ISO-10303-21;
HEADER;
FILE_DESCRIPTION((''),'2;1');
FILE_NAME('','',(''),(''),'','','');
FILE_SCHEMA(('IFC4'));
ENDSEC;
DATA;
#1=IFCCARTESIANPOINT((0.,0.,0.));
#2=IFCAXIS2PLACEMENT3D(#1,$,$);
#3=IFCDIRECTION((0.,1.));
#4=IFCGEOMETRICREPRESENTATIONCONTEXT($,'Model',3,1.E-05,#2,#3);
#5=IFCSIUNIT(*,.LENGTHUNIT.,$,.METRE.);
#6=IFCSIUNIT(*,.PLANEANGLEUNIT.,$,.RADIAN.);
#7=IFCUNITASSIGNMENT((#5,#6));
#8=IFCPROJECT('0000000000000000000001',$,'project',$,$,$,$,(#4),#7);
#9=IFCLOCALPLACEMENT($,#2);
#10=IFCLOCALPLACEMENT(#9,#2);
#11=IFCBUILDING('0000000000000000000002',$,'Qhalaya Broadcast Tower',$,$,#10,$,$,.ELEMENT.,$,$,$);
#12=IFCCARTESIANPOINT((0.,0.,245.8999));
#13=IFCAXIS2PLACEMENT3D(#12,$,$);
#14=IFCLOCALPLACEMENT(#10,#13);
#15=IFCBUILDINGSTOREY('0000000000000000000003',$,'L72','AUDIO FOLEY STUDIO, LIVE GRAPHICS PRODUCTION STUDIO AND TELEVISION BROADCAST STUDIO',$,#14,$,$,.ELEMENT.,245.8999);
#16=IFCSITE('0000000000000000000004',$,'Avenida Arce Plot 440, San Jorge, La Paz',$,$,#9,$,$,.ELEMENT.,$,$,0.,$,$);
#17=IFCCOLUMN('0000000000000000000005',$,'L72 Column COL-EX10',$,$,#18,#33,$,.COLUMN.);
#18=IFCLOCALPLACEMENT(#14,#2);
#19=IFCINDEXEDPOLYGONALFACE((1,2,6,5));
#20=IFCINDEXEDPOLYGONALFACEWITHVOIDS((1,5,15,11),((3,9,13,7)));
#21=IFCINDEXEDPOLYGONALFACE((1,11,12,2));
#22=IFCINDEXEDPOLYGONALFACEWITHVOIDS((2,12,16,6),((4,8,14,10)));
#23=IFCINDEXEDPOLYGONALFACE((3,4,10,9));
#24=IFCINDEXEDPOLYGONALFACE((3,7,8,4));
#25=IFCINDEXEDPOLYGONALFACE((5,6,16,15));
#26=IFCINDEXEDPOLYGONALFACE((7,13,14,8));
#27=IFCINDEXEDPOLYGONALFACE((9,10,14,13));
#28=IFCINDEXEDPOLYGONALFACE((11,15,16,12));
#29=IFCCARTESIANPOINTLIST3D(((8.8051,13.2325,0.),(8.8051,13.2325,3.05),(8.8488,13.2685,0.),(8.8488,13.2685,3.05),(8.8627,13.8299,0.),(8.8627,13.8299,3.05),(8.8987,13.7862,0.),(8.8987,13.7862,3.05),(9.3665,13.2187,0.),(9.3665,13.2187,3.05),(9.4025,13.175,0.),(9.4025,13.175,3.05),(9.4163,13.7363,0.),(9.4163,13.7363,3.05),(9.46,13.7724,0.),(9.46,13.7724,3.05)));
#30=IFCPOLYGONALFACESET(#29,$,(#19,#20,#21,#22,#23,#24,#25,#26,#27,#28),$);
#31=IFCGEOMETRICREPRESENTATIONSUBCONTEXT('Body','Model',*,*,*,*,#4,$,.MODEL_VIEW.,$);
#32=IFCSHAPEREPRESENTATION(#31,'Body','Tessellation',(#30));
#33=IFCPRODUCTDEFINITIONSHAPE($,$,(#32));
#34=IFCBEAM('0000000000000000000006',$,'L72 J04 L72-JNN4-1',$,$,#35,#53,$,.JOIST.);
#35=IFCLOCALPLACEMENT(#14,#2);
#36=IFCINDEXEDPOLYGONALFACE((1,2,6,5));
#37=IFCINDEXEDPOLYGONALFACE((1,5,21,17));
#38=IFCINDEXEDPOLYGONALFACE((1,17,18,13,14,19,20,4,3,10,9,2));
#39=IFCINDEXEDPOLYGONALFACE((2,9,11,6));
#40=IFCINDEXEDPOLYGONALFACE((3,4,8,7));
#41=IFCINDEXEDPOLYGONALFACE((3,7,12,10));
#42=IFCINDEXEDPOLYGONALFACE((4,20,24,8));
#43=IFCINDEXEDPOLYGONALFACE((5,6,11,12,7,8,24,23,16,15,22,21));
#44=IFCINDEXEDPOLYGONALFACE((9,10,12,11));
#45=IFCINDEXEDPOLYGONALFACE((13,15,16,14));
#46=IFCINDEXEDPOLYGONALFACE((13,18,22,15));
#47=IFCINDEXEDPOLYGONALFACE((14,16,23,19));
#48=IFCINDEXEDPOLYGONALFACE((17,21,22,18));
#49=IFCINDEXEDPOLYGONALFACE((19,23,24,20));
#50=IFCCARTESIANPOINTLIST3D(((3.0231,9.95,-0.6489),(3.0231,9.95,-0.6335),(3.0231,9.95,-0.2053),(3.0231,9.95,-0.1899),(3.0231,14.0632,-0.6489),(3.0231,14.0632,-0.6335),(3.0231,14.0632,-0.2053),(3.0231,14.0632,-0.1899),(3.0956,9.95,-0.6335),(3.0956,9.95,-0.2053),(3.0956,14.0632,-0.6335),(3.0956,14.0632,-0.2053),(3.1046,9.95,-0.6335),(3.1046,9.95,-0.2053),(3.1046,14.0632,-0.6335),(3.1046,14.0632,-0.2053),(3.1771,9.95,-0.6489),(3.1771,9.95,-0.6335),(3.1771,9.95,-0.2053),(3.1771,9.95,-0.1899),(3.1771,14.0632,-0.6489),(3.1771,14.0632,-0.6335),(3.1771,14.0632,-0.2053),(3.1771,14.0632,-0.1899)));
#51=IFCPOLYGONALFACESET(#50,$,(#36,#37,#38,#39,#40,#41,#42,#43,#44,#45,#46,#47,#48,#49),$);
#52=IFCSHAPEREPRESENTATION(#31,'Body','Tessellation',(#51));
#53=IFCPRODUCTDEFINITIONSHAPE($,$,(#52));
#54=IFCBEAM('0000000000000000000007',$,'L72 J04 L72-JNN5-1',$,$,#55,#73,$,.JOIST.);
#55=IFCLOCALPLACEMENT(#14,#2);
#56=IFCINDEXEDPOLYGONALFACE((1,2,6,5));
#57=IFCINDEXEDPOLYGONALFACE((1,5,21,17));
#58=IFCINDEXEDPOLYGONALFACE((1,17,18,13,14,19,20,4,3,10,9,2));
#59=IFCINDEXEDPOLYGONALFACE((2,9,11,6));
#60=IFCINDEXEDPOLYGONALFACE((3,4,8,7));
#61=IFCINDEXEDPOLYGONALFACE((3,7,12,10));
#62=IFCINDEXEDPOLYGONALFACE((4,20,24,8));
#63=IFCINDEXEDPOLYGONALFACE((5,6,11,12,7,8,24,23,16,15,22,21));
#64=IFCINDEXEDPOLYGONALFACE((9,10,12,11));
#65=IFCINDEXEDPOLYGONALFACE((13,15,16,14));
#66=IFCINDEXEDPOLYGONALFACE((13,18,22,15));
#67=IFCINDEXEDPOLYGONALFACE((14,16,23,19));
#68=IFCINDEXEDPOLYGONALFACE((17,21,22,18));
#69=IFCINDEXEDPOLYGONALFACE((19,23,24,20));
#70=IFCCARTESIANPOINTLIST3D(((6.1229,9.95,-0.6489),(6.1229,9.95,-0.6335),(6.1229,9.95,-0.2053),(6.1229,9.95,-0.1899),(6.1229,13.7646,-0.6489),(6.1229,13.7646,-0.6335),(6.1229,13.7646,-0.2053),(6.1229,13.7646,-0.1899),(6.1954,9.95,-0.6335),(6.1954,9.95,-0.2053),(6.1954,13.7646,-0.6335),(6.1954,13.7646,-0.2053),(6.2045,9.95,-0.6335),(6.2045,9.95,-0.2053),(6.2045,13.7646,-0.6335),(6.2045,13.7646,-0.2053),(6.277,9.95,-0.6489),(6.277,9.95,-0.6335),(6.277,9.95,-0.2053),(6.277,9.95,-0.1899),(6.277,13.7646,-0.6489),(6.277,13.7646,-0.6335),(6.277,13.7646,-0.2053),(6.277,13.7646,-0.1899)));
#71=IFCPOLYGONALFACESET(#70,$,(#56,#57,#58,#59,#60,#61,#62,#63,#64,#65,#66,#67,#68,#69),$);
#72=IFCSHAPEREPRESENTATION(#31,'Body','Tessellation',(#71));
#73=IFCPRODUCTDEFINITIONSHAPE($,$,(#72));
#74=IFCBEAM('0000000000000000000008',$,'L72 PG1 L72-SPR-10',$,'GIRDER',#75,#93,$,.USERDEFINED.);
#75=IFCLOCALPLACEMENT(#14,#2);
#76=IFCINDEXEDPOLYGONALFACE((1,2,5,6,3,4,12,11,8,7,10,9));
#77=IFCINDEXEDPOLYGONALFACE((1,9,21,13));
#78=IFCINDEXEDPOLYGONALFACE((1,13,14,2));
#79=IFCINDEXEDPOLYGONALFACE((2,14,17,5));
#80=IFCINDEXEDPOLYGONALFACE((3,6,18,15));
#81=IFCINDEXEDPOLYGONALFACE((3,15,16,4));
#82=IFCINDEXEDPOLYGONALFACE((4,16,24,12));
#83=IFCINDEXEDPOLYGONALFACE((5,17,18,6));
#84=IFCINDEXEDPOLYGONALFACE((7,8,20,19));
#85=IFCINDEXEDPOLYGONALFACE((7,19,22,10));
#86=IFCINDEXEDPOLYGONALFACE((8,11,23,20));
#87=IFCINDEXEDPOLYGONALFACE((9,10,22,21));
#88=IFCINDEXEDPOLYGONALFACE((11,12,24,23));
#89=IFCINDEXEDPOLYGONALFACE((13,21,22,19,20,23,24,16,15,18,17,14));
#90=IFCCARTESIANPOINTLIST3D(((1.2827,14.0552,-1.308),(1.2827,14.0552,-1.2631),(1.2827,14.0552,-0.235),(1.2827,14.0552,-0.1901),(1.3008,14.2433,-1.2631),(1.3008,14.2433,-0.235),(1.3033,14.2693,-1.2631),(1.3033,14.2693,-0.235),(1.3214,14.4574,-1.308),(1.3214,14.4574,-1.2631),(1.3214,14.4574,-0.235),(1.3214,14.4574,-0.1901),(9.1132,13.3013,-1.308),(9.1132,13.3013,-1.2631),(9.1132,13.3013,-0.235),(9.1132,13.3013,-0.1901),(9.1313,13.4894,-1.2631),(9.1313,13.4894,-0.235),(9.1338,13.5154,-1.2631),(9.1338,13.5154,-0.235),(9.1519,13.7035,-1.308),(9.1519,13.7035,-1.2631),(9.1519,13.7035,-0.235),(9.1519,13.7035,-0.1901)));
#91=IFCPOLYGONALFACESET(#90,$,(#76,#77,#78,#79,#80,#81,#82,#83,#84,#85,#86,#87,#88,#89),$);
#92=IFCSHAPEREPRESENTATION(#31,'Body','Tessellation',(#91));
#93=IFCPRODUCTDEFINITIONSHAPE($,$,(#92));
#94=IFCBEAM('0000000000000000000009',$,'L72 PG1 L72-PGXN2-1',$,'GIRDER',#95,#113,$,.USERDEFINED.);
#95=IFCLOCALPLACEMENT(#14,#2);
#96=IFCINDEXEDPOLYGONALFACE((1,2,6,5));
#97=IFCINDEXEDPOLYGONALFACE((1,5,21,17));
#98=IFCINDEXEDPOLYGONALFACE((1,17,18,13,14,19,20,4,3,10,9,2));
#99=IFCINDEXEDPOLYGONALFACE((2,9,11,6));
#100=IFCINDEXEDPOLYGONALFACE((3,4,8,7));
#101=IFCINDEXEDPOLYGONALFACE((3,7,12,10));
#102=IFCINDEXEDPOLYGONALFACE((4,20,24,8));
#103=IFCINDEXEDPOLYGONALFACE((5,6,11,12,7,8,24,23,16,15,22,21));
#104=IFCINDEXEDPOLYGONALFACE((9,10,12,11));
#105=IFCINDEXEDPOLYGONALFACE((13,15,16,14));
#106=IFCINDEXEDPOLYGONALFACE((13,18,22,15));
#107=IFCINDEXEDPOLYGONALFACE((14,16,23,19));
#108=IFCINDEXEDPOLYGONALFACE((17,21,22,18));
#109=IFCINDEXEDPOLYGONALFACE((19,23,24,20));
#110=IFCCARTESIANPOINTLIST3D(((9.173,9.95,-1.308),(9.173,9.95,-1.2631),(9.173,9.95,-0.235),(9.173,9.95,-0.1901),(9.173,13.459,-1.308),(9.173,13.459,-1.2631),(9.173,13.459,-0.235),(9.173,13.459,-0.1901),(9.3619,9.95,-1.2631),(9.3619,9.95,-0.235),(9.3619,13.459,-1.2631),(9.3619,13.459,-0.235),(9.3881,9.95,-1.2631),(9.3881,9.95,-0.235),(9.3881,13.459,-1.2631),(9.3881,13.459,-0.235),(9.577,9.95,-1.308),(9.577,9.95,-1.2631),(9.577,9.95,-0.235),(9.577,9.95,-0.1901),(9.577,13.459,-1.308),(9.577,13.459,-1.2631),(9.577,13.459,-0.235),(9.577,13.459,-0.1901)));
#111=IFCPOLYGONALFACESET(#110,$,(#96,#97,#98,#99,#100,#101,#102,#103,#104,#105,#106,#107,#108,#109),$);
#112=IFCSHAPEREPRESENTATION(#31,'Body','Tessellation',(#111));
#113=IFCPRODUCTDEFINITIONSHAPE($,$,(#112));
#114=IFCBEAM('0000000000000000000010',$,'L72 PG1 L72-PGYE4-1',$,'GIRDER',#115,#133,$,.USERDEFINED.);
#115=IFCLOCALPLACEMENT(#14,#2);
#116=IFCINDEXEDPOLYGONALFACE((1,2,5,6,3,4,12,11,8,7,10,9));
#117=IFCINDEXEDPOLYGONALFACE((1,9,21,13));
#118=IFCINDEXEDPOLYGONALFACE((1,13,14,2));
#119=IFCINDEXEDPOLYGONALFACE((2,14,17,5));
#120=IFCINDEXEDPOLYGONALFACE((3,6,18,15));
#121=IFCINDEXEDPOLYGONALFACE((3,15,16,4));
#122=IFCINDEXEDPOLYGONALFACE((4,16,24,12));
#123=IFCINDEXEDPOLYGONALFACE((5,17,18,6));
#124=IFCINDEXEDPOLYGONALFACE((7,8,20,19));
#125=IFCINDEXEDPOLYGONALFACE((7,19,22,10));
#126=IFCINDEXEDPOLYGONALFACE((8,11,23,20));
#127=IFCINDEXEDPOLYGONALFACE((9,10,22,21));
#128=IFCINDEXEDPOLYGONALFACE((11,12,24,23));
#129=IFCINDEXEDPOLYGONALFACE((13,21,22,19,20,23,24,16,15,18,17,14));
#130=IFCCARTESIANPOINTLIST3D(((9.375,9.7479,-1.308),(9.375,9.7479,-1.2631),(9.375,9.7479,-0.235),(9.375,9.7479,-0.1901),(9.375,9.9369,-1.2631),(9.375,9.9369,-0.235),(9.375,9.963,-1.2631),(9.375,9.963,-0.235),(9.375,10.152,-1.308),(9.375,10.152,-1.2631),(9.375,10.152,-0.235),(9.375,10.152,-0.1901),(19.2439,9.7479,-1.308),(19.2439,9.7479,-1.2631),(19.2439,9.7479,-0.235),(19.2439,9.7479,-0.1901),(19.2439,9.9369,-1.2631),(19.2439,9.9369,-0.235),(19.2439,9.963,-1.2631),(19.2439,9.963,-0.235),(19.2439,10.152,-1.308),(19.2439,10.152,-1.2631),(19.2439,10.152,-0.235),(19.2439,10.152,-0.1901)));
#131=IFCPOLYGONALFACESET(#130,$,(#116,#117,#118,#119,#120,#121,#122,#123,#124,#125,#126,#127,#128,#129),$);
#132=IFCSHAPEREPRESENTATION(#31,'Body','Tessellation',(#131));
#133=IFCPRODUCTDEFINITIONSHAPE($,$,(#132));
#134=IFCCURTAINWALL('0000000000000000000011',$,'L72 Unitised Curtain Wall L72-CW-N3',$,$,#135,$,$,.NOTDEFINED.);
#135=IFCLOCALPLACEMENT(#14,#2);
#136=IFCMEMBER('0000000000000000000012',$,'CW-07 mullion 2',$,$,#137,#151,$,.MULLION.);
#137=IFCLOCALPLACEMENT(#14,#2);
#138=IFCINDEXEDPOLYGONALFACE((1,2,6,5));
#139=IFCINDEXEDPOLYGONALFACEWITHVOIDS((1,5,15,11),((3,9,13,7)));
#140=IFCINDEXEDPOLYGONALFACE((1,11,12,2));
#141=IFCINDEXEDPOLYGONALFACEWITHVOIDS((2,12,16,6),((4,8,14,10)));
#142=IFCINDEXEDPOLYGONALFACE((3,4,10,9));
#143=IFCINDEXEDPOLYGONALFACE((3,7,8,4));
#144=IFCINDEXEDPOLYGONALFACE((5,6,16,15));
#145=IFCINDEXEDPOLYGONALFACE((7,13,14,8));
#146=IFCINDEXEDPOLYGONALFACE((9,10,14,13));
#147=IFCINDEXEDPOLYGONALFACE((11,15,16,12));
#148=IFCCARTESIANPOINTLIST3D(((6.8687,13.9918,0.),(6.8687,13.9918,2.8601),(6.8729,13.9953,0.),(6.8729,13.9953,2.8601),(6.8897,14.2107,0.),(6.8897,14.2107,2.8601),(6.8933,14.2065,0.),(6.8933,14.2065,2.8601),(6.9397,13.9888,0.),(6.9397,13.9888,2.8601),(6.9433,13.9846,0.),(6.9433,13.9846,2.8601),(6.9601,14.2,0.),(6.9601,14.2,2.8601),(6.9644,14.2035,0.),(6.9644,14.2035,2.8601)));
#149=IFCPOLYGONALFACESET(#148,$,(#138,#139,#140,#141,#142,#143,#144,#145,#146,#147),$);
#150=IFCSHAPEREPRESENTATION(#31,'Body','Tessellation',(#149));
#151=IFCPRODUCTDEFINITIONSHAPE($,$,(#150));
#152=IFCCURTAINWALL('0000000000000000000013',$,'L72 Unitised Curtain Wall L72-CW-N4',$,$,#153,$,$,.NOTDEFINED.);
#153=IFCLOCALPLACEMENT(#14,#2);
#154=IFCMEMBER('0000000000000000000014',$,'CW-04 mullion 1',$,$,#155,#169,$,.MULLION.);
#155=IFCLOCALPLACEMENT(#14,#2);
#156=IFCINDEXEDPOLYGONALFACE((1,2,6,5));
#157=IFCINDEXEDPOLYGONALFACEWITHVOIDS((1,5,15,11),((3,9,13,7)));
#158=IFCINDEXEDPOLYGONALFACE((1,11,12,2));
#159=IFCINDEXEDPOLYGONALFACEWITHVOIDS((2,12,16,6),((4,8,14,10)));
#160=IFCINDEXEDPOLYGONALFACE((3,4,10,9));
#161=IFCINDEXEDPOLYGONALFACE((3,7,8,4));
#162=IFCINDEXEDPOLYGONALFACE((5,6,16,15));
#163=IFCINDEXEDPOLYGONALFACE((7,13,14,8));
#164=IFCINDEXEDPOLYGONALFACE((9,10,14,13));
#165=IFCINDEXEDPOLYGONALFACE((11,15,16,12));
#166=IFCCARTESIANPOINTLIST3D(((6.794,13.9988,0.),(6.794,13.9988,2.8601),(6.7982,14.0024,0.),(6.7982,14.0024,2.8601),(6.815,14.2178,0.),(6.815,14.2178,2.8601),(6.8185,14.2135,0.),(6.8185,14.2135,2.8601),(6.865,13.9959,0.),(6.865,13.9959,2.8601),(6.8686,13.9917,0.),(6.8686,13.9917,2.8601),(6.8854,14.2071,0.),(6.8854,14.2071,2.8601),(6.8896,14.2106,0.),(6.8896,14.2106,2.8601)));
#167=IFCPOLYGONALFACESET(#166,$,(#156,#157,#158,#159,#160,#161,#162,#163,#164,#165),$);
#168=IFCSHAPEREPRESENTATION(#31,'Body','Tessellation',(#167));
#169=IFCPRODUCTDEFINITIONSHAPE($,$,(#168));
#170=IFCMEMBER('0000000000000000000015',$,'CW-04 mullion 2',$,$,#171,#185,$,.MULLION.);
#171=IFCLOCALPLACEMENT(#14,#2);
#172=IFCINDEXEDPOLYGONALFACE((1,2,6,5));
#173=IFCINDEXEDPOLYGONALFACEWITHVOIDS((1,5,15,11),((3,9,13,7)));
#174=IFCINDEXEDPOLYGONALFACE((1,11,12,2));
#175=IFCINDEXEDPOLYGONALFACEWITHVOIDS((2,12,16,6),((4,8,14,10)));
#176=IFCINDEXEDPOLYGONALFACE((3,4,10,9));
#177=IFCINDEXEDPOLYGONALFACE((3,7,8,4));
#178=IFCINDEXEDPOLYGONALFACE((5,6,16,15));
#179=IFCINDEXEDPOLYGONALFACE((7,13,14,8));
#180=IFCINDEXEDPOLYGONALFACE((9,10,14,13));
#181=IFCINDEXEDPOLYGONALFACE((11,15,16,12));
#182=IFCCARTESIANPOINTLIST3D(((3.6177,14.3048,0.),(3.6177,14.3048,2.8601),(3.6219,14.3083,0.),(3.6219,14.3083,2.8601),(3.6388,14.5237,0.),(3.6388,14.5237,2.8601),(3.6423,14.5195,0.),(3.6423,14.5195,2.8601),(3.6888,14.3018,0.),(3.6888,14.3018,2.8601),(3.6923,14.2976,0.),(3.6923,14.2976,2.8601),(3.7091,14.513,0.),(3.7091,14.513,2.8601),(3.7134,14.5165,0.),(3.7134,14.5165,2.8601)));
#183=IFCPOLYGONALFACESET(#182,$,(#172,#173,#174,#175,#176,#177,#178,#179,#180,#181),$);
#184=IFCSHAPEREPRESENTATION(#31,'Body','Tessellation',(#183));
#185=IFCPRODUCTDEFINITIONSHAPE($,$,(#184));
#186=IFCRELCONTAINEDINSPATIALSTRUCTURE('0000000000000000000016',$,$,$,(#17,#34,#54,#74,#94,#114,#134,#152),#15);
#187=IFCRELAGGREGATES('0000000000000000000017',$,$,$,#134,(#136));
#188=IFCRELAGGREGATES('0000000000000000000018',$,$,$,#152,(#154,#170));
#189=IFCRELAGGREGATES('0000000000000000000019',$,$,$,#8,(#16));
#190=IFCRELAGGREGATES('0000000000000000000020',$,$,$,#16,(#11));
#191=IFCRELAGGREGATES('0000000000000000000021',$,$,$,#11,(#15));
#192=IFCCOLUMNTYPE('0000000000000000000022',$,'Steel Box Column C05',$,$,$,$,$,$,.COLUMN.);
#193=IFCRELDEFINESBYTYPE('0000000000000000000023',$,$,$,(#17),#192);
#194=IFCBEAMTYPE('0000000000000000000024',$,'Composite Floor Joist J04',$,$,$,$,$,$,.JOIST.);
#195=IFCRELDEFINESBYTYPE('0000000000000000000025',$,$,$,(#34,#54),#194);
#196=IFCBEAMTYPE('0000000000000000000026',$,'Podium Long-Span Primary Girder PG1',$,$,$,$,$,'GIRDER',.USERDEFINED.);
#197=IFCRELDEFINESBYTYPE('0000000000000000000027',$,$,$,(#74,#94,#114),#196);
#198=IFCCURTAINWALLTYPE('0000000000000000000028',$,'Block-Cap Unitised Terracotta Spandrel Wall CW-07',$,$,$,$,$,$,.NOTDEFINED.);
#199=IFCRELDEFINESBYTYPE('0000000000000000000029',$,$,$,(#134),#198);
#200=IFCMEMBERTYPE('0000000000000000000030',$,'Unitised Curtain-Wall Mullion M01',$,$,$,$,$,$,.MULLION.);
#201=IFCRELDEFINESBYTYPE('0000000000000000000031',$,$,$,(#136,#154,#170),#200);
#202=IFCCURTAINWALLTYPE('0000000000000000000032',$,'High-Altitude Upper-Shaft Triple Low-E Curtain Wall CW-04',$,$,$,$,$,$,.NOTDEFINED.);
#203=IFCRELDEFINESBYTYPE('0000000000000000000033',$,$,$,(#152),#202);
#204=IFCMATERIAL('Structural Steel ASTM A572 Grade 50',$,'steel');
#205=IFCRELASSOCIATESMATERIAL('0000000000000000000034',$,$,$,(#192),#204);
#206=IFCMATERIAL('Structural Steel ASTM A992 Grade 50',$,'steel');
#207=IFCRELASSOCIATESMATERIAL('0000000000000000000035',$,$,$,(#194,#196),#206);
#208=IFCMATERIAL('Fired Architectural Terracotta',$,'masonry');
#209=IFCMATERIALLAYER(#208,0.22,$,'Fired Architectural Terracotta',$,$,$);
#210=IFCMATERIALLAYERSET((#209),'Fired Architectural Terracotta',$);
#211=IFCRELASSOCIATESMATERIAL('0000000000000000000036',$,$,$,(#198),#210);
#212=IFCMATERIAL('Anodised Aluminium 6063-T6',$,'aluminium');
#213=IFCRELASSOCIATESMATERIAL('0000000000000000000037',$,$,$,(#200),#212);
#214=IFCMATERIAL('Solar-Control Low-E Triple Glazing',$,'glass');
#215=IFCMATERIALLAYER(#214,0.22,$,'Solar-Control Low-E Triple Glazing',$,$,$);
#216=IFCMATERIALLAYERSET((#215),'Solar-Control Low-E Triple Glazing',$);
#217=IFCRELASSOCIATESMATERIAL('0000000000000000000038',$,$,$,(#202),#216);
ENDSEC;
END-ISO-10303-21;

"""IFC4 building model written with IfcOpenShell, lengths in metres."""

from ifc_helpers import new_model, si_unit, direction, frame, origin, origin_2d, place, context, subcontext, project, spatial, hollow_rectangle, i_section, extrude, material, layer, layer_set, material_profile, profile_set, type_object, element, aggregate, save


model = new_model("IFC4")

# Units and contexts
model_context = context("Model", 3, precision=1e-05, world=origin(), true_north=direction((0.0, 1.0)))
body_context = subcontext(model_context, "Body", "Model", "MODEL_VIEW")
ifc_project = project(units=[si_unit("LENGTHUNIT", "METRE"), si_unit("PLANEANGLEUNIT", "RADIAN")], contexts=[model_context])

# Site, building, storey
site_placement = place(None, origin())
site = spatial("IfcSite", under=ifc_project, at=site_placement, Name="Avenida Arce Plot 440, San Jorge, La Paz", CompositionType="ELEMENT", RefElevation=0.0)
building_placement = place(site_placement, origin())
building = spatial("IfcBuilding", under=site, at=building_placement, Name="Qhalaya Broadcast Tower", CompositionType="ELEMENT")
storey_placement = place(building_placement, frame((0.0, 0.0, 245.8999)))
storey = spatial("IfcBuildingStorey", under=building, at=storey_placement, Name="L72", Description="AUDIO FOLEY STUDIO, LIVE GRAPHICS PRODUCTION STUDIO AND TELEVISION BROADCAST STUDIO", CompositionType="ELEMENT", Elevation=245.8999)

# Column
ifc_material_1 = material(Name="Structural Steel ASTM A572 Grade 50", Category="steel")
ifc_material_profile_1 = material_profile(ifc_material_1, hollow_rectangle(XDim=0.6001, YDim=0.6001, WallThickness=0.04, at=origin_2d()), Name="BOX 600x600x40")
ifc_profile_set_1 = profile_set([ifc_material_profile_1], Name="Structural Steel ASTM A572 Grade 50")
column_type = type_object("IfcColumnType", Name="Steel Box Column C05", PredefinedType="COLUMN", material=ifc_profile_set_1)
column_placement = place(storey_placement, frame((9.1326, 13.5024, 0.0), z_axis=(0.0, 0.0, 1.0), x_axis=(0.995396, -0.095846, 0.0)))
element("IfcColumn", 1, at=column_placement, inside=storey, type_object=column_type, Name="L72 Column COL-EX10", PredefinedType="COLUMN", context=body_context, shape_type="SweptSolid", body=[
    extrude(hollow_rectangle(XDim=0.6001, YDim=0.6001, WallThickness=0.04, at=origin_2d()), origin(), (0.0, 0.0, 1.0), 3.05),
])

# Beams
ifc_material_2 = material(Name="Structural Steel ASTM A992 Grade 50", Category="steel")
ifc_material_profile_2 = material_profile(ifc_material_2, i_section(OverallWidth=0.1541, OverallDepth=0.459, WebThickness=0.009, FlangeThickness=0.0154, at=origin_2d()), Name="W18X46")
ifc_profile_set_2 = profile_set([ifc_material_profile_2], Name="Structural Steel ASTM A992 Grade 50")
beam_type_1 = type_object("IfcBeamType", Name="Composite Floor Joist J04", PredefinedType="JOIST", material=ifc_profile_set_2)
beam_1_placement = place(storey_placement, frame((3.1001, 9.95, -0.4194), z_axis=(0.0, 1.0, 0.0), x_axis=(-1.0, 0.0, 0.0)))
element("IfcBeam", 2, at=beam_1_placement, inside=storey, type_object=beam_type_1, Name="L72 J04 L72-JNN4-1", PredefinedType="JOIST", context=body_context, shape_type="SweptSolid", body=[
    extrude(i_section(OverallWidth=0.1541, OverallDepth=0.459, WebThickness=0.009, FlangeThickness=0.0154, at=origin_2d()), origin(), (0.0, 0.0, 1.0), 4.1133),
])
beam_2_placement = place(storey_placement, frame((6.2, 9.95, -0.4194), z_axis=(0.0, 1.0, 0.0), x_axis=(-1.0, 0.0, 0.0)))
element("IfcBeam", 3, at=beam_2_placement, inside=storey, type_object=beam_type_1, Name="L72 J04 L72-JNN5-1", PredefinedType="JOIST", context=body_context, shape_type="SweptSolid", body=[
    extrude(i_section(OverallWidth=0.1541, OverallDepth=0.459, WebThickness=0.009, FlangeThickness=0.0154, at=origin_2d()), origin(), (0.0, 0.0, 1.0), 3.8147),
])
ifc_material_profile_3 = material_profile(ifc_material_2, i_section(OverallWidth=0.4041, OverallDepth=1.1179, WebThickness=0.0261, FlangeThickness=0.0449, at=origin_2d()), Name="W44X335")
ifc_profile_set_3 = profile_set([ifc_material_profile_3], Name="Structural Steel ASTM A992 Grade 50")
beam_type_2 = type_object("IfcBeamType", Name="Podium Long-Span Primary Girder PG1", ElementType="GIRDER", PredefinedType="USERDEFINED", material=ifc_profile_set_3)
beam_3_placement = place(storey_placement, frame((9.1326, 13.5024, -0.749), z_axis=(-0.995397, 0.095834, 0.0), x_axis=(-0.095834, -0.995397, 0.0)))
element("IfcBeam", 4, at=beam_3_placement, inside=storey, type_object=beam_type_2, Name="L72 PG1 L72-SPR-10", ObjectType="GIRDER", PredefinedType="USERDEFINED", context=body_context, shape_type="SweptSolid", body=[
    extrude(i_section(OverallWidth=0.4041, OverallDepth=1.1179, WebThickness=0.0261, FlangeThickness=0.0449, at=origin_2d()), origin(), (0.0, 0.0, 1.0), 7.8667),
])
beam_4_placement = place(storey_placement, frame((9.375, 9.95, -0.749), z_axis=(0.0, 1.0, 0.0), x_axis=(-1.0, 0.0, 0.0)))
element("IfcBeam", 5, at=beam_4_placement, inside=storey, type_object=beam_type_2, Name="L72 PG1 L72-PGXN2-1", ObjectType="GIRDER", PredefinedType="USERDEFINED", context=body_context, shape_type="SweptSolid", body=[
    extrude(i_section(OverallWidth=0.4041, OverallDepth=1.1179, WebThickness=0.0261, FlangeThickness=0.0449, at=origin_2d()), origin(), (0.0, 0.0, 1.0), 3.509),
])
beam_5_placement = place(storey_placement, frame((9.375, 9.95, -0.749), z_axis=(1.0, 0.0, 0.0), x_axis=(0.0, 1.0, 0.0)))
element("IfcBeam", 6, at=beam_5_placement, inside=storey, type_object=beam_type_2, Name="L72 PG1 L72-PGYE4-1", ObjectType="GIRDER", PredefinedType="USERDEFINED", context=body_context, shape_type="SweptSolid", body=[
    extrude(i_section(OverallWidth=0.4041, OverallDepth=1.1179, WebThickness=0.0261, FlangeThickness=0.0449, at=origin_2d()), origin(), (0.0, 0.0, 1.0), 9.8689),
])

# Curtain wall, member
ifc_material_3 = material(Name="Fired Architectural Terracotta", Category="masonry")
ifc_layer_1 = layer(ifc_material_3, 0.22, Name="Fired Architectural Terracotta")
ifc_layer_set_1 = layer_set([ifc_layer_1], Name="Fired Architectural Terracotta")
curtain_wall_type_1 = type_object("IfcCurtainWallType", Name="Block-Cap Unitised Terracotta Spandrel Wall CW-07", PredefinedType="NOTDEFINED", material=ifc_layer_set_1)
curtain_wall_1_placement = place(storey_placement, origin())
curtain_wall_1 = element("IfcCurtainWall", 7, at=curtain_wall_1_placement, inside=storey, type_object=curtain_wall_type_1, Name="L72 Unitised Curtain Wall L72-CW-N3", PredefinedType="NOTDEFINED")
ifc_material_4 = material(Name="Anodised Aluminium 6063-T6", Category="aluminium")
ifc_material_profile_4 = material_profile(ifc_material_4, hollow_rectangle(XDim=0.075, YDim=0.22, WallThickness=0.0039, at=origin_2d()), Name="ALU-MUL 75x220x4")
ifc_profile_set_4 = profile_set([ifc_material_profile_4], Name="Anodised Aluminium 6063-T6")
member_type_1 = type_object("IfcMemberType", Name="Unitised Curtain-Wall Mullion M01", PredefinedType="MULLION", material=ifc_profile_set_4)
member_1_placement = place(storey_placement, frame((6.9165, 14.0977, 0.0), z_axis=(0.0, 0.0, 1.0), x_axis=(-0.995395, 0.09586, 0.0)))
member_1 = element("IfcMember", 8, at=member_1_placement, type_object=member_type_1, Name="CW-07 mullion 2", PredefinedType="MULLION", context=body_context, shape_type="SweptSolid", body=[
    extrude(hollow_rectangle(XDim=0.075, YDim=0.22, WallThickness=0.0039, at=origin_2d()), origin(), (0.0, 0.0, 1.0), 2.8601),
])

# Curtain wall, members
ifc_material_5 = material(Name="Solar-Control Low-E Triple Glazing", Category="glass")
ifc_layer_2 = layer(ifc_material_5, 0.22, Name="Solar-Control Low-E Triple Glazing")
ifc_layer_set_2 = layer_set([ifc_layer_2], Name="Solar-Control Low-E Triple Glazing")
curtain_wall_type_2 = type_object("IfcCurtainWallType", Name="High-Altitude Upper-Shaft Triple Low-E Curtain Wall CW-04", PredefinedType="NOTDEFINED", material=ifc_layer_set_2)
curtain_wall_2_placement = place(storey_placement, origin())
curtain_wall_2 = element("IfcCurtainWall", 9, at=curtain_wall_2_placement, inside=storey, type_object=curtain_wall_type_2, Name="L72 Unitised Curtain Wall L72-CW-N4", PredefinedType="NOTDEFINED")
member_2_placement = place(storey_placement, frame((6.8418, 14.1047, 0.0), z_axis=(0.0, 0.0, 1.0), x_axis=(-0.995397, 0.095838, 0.0)))
member_2 = element("IfcMember", 10, at=member_2_placement, type_object=member_type_1, Name="CW-04 mullion 1", PredefinedType="MULLION", context=body_context, shape_type="SweptSolid", body=[
    extrude(hollow_rectangle(XDim=0.075, YDim=0.22, WallThickness=0.0039, at=origin_2d()), origin(), (0.0, 0.0, 1.0), 2.8601),
])
member_3_placement = place(storey_placement, frame((3.6655, 14.4106, 0.0), z_axis=(0.0, 0.0, 1.0), x_axis=(-0.995397, 0.095838, 0.0)))
member_3 = element("IfcMember", 11, at=member_3_placement, type_object=member_type_1, Name="CW-04 mullion 2", PredefinedType="MULLION", context=body_context, shape_type="SweptSolid", body=[
    extrude(hollow_rectangle(XDim=0.075, YDim=0.22, WallThickness=0.0039, at=origin_2d()), origin(), (0.0, 0.0, 1.0), 2.8601),
])

aggregate(curtain_wall_1, [member_1])
aggregate(curtain_wall_2, [member_2, member_3])

save(model, "model.ifc")
